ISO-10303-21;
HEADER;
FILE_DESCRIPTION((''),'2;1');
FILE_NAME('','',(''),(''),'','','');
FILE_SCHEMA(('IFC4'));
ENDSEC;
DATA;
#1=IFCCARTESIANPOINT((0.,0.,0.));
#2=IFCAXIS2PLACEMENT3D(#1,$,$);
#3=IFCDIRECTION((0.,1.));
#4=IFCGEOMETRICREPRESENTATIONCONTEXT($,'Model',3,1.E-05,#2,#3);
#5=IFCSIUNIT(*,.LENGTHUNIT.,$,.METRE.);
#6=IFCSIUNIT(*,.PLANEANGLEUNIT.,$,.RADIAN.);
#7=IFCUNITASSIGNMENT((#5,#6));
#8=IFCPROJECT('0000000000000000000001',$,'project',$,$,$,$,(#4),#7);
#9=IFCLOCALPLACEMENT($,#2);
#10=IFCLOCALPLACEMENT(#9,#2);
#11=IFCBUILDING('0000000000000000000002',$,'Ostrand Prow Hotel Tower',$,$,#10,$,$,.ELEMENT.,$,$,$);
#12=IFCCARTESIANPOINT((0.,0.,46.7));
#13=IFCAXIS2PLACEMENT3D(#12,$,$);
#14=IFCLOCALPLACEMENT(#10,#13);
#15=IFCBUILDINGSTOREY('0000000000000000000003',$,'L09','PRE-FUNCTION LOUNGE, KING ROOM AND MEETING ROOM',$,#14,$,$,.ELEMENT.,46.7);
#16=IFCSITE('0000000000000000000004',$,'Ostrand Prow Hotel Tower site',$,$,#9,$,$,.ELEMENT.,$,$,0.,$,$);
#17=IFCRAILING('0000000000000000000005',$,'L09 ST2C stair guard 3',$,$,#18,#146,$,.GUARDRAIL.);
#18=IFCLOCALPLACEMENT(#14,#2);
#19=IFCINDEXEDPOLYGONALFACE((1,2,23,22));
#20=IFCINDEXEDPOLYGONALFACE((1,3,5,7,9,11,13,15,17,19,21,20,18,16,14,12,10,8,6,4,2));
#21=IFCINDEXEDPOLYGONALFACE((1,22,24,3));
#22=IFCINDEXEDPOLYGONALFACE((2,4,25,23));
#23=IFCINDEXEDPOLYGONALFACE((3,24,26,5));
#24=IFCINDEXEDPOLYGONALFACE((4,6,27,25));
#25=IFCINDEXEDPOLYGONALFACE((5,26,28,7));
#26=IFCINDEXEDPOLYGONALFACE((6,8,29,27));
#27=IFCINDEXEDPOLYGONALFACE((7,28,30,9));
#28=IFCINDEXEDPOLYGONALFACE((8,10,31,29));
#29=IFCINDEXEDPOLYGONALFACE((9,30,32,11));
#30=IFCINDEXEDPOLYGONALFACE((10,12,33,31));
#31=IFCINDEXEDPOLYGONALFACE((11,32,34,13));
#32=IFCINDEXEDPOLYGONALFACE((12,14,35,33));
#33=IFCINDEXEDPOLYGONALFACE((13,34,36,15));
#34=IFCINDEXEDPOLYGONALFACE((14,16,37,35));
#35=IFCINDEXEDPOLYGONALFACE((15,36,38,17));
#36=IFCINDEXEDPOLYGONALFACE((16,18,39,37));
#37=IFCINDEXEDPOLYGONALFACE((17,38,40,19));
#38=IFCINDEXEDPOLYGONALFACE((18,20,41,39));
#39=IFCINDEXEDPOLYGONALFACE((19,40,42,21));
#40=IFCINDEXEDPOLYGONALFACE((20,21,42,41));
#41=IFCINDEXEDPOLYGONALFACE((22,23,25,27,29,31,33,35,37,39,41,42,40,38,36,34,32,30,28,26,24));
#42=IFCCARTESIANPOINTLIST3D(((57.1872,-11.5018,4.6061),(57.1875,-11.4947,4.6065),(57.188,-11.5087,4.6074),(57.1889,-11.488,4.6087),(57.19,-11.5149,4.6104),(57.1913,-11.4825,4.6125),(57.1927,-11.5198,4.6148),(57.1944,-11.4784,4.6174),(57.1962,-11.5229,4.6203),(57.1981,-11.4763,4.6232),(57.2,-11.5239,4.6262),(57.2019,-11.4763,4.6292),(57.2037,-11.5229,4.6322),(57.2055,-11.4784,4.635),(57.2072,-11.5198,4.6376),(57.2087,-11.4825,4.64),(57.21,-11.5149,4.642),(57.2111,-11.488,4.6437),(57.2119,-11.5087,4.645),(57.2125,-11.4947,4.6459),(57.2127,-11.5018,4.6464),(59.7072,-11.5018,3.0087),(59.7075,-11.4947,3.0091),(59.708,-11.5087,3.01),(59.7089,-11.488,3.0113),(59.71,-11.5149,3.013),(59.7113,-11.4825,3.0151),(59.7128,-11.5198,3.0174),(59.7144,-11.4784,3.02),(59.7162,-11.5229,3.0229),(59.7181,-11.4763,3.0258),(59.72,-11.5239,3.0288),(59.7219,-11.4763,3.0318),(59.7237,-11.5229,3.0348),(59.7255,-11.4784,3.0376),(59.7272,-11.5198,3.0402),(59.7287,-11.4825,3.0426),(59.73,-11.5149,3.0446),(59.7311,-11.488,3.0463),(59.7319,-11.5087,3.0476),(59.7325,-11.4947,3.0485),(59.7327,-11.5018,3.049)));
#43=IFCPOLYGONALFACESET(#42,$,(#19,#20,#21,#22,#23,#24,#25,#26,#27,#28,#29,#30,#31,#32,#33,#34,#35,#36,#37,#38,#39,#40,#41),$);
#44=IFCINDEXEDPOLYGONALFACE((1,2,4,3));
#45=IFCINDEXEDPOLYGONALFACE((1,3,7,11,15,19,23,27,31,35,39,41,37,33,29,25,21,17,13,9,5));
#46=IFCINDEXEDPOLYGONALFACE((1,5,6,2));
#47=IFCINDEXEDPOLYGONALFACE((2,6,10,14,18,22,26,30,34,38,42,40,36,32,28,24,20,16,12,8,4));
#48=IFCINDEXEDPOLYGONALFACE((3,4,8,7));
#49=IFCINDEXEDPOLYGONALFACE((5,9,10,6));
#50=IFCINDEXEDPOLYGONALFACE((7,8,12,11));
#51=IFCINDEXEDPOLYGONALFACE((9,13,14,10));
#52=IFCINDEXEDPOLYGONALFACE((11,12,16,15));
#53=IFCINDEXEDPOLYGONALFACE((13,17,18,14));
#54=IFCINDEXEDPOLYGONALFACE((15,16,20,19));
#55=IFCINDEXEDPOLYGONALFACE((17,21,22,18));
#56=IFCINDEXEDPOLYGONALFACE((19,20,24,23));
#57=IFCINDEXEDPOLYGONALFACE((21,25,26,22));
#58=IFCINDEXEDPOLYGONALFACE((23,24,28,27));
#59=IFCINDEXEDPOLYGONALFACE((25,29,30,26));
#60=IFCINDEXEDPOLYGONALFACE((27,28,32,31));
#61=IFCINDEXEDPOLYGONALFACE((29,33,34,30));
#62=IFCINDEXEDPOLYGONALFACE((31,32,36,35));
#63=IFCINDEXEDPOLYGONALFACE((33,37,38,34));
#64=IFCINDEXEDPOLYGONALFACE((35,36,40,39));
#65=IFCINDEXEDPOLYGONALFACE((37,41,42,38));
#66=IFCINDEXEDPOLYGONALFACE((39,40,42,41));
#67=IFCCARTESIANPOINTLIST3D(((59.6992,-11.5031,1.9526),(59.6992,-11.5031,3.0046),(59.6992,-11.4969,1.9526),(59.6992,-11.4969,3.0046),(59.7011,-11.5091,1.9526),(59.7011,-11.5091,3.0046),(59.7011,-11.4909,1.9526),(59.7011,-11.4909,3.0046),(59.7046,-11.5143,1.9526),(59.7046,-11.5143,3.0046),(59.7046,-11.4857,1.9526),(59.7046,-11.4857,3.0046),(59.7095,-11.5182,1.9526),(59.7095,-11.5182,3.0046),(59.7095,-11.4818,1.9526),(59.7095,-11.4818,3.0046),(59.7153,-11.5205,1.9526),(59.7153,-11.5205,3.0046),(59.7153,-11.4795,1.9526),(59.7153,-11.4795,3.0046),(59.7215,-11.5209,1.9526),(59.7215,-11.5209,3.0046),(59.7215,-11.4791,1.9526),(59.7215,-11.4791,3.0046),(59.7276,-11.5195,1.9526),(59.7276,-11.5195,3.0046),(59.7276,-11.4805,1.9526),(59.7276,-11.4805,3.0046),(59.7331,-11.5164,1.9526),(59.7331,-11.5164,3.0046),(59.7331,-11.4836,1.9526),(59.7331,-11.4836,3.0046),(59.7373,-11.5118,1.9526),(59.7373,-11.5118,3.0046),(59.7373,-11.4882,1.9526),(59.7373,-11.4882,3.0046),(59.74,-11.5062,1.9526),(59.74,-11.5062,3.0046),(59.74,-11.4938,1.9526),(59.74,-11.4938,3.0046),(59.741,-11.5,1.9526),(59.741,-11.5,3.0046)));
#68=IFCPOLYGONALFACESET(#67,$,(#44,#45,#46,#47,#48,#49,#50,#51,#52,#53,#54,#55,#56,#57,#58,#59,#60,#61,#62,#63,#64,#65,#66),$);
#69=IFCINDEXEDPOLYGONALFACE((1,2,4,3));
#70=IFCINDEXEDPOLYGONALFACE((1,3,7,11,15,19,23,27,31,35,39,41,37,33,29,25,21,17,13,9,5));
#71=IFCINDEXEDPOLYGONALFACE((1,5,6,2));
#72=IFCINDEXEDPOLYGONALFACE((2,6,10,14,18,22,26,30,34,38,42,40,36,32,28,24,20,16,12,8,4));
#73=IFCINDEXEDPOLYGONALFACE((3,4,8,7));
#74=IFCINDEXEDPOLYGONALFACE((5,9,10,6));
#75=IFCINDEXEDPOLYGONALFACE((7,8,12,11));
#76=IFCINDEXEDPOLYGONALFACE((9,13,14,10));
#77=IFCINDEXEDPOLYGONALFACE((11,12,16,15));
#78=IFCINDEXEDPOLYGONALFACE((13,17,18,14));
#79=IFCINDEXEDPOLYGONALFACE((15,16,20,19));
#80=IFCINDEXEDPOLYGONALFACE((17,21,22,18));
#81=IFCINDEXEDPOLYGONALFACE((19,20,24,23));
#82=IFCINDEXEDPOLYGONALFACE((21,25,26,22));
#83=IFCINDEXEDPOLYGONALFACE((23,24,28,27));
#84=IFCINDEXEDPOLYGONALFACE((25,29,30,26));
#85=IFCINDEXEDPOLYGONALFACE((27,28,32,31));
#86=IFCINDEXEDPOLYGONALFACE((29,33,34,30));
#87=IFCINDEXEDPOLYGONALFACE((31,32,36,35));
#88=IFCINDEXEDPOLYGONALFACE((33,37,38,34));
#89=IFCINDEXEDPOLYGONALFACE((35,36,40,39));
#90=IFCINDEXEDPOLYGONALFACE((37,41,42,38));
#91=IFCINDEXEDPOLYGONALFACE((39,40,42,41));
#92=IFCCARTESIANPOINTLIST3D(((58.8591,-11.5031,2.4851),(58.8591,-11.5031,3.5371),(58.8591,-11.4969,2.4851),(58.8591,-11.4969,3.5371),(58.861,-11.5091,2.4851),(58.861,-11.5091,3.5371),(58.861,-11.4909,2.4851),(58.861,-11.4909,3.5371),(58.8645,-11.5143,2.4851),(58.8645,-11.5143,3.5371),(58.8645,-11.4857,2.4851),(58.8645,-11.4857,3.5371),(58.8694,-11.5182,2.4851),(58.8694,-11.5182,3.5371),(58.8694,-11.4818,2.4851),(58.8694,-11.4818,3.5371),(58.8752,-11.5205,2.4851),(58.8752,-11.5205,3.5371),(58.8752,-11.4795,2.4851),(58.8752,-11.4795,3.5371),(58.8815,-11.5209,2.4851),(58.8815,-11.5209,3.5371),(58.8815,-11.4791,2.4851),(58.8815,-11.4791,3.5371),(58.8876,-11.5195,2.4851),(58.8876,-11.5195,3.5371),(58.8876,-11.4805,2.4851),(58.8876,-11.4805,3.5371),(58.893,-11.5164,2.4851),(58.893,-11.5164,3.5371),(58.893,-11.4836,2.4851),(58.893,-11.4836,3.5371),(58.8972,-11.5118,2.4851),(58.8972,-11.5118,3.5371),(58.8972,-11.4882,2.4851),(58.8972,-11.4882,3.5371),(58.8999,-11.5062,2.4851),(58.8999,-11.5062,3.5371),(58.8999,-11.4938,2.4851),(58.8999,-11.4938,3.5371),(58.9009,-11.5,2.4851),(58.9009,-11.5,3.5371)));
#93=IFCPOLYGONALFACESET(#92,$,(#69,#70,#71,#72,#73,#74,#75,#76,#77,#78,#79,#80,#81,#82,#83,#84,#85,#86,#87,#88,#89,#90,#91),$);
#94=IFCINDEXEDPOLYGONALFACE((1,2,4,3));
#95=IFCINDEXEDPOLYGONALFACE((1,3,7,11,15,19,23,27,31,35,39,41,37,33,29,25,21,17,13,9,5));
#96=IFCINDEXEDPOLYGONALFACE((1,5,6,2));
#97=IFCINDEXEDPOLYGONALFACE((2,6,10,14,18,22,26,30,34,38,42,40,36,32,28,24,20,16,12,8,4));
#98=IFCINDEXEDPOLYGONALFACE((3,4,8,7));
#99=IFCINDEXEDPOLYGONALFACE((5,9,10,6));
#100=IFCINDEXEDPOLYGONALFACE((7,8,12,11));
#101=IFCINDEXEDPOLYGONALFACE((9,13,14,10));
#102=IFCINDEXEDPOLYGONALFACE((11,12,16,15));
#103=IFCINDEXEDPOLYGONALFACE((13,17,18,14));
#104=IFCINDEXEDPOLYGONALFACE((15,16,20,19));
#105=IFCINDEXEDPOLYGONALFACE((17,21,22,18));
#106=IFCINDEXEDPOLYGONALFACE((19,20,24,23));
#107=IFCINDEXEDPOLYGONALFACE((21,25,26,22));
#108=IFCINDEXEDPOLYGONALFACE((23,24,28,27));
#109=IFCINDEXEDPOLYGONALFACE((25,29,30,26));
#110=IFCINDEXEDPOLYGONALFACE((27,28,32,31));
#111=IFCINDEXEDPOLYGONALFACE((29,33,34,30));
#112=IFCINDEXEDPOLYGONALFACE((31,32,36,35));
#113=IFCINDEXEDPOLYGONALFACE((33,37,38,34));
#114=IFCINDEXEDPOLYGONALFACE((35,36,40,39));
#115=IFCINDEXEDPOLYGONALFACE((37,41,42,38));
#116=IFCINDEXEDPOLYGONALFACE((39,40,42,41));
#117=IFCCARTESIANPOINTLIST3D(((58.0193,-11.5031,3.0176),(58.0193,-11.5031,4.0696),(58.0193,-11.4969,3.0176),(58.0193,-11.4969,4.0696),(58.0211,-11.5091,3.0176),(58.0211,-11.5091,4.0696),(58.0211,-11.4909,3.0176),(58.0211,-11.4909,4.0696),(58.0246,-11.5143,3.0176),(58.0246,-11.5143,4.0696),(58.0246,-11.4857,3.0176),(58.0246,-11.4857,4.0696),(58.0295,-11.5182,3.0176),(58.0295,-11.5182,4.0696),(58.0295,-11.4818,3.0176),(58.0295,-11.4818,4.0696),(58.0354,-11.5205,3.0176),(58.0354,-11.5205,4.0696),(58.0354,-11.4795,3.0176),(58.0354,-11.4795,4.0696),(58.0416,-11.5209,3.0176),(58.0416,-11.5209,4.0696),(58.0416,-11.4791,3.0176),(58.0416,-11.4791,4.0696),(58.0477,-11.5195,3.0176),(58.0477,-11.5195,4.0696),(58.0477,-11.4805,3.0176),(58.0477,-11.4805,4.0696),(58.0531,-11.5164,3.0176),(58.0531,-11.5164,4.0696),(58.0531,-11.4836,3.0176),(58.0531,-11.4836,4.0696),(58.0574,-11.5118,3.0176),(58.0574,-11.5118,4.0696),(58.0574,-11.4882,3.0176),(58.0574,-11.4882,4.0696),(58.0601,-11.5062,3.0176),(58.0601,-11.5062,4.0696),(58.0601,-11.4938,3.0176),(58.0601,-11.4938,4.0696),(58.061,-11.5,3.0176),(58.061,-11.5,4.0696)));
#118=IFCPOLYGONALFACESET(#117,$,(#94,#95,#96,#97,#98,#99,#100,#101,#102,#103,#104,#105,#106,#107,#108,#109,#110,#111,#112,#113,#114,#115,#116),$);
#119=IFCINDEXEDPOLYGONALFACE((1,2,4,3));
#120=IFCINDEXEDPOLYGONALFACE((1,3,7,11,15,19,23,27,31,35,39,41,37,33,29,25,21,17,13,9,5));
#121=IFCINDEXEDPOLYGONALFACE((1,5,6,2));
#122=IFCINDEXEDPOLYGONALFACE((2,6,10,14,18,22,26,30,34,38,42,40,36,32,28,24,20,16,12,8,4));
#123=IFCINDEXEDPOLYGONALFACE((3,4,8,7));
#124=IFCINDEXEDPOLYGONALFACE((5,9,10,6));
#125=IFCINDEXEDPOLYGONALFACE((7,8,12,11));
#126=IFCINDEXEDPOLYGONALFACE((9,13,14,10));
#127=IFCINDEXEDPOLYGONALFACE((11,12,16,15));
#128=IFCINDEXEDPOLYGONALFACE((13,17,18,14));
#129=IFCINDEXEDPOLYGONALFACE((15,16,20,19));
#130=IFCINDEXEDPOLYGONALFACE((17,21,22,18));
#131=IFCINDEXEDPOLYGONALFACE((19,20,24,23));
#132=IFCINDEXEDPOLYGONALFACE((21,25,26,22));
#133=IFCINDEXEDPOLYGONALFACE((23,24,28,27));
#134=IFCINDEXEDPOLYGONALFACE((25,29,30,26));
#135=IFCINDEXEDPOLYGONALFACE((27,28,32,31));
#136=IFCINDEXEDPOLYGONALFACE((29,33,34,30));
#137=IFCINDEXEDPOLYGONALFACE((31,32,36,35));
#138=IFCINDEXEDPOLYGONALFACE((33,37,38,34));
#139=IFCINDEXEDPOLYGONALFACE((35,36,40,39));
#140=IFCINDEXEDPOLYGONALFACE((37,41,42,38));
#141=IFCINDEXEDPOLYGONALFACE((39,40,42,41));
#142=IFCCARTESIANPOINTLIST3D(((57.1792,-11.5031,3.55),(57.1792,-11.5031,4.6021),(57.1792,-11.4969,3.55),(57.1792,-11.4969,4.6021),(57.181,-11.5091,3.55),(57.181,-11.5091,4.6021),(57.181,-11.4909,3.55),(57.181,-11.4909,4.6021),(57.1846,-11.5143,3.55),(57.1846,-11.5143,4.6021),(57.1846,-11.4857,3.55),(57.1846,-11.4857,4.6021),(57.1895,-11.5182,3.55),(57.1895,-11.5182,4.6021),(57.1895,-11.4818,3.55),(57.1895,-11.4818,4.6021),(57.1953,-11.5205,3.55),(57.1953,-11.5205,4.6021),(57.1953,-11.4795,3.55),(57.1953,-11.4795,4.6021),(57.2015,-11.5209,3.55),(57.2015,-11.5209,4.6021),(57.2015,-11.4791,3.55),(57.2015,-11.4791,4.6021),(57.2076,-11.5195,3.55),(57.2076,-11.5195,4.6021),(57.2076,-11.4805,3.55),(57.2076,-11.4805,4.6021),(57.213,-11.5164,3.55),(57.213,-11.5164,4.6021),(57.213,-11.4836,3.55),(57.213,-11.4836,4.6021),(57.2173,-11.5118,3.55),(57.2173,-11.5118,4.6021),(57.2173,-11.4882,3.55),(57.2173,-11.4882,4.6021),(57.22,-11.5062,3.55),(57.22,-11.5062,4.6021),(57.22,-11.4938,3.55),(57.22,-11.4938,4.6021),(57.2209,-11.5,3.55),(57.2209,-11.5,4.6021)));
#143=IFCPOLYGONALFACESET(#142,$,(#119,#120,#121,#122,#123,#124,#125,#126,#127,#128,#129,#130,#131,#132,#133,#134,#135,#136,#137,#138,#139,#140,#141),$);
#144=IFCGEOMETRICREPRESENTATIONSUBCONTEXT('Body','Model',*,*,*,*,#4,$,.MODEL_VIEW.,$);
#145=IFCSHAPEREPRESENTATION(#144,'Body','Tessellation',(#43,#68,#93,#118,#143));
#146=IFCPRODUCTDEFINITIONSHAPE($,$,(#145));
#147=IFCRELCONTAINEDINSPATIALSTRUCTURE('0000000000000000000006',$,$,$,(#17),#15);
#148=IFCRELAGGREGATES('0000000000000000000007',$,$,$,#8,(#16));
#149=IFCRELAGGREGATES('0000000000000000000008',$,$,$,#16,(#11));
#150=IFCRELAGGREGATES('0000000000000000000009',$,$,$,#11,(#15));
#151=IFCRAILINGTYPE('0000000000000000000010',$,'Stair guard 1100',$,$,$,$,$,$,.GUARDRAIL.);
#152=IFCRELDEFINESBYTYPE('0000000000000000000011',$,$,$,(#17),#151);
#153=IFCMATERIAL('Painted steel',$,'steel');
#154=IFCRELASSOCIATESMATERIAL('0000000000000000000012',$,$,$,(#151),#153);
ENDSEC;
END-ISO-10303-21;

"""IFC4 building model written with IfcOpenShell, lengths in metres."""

from ifc_helpers import new_model, si_unit, direction, frame, origin, origin_2d, place, context, subcontext, project, spatial, circle, extrude, material, type_object, element, save


model = new_model("IFC4")

# Units and contexts
model_context = context("Model", 3, precision=1e-05, world=origin(), true_north=direction((0.0, 1.0)))
body_context = subcontext(model_context, "Body", "Model", "MODEL_VIEW")
ifc_project = project(units=[si_unit("LENGTHUNIT", "METRE"), si_unit("PLANEANGLEUNIT", "RADIAN")], contexts=[model_context])

# Site, building, storey
site_placement = place(None, origin())
site = spatial("IfcSite", under=ifc_project, at=site_placement, Name="Ostrand Prow Hotel Tower site", CompositionType="ELEMENT", RefElevation=0.0)
building_placement = place(site_placement, origin())
building = spatial("IfcBuilding", under=site, at=building_placement, Name="Ostrand Prow Hotel Tower", CompositionType="ELEMENT")
storey_placement = place(building_placement, frame((0.0, 0.0, 46.7)))
storey = spatial("IfcBuildingStorey", under=building, at=storey_placement, Name="L09", Description="PRE-FUNCTION LOUNGE, KING ROOM AND MEETING ROOM", CompositionType="ELEMENT", Elevation=46.7)

# Railing
ifc_material_1 = material(Name="Painted steel", Category="steel")
railing_type_1 = type_object("IfcRailingType", Name="Stair guard 1100", PredefinedType="GUARDRAIL", material=ifc_material_1)
railing_1_placement = place(storey_placement, frame((59.72, -11.5, 1.9526)))
element("IfcRailing", 1, at=railing_1_placement, inside=storey, type_object=railing_type_1, Name="L09 ST2C stair guard 3", PredefinedType="GUARDRAIL", context=body_context, shape_type="SweptSolid", body=[
    extrude(circle(Radius=0.0239, at=origin_2d()), frame((0.0, 0.0, 1.0762), z_axis=(-0.844607, 0.0, 0.535387), x_axis=(0.0, -1.0, 0.0)), (0.0, 0.0, 1.0), 2.9836),
    extrude(circle(Radius=0.021, at=origin_2d()), origin(), (0.0, 0.0, 1.0), 1.052),
    extrude(circle(Radius=0.021, at=origin_2d()), frame((-0.8401, 0.0, 0.5325)), (0.0, 0.0, 1.0), 1.052),
    extrude(circle(Radius=0.021, at=origin_2d()), frame((-1.6799, 0.0, 1.0649)), (0.0, 0.0, 1.0), 1.052),
    extrude(circle(Radius=0.021, at=origin_2d()), frame((-2.52, 0.0, 1.5974)), (0.0, 0.0, 1.0), 1.052),
])

save(model, "model.ifc")
